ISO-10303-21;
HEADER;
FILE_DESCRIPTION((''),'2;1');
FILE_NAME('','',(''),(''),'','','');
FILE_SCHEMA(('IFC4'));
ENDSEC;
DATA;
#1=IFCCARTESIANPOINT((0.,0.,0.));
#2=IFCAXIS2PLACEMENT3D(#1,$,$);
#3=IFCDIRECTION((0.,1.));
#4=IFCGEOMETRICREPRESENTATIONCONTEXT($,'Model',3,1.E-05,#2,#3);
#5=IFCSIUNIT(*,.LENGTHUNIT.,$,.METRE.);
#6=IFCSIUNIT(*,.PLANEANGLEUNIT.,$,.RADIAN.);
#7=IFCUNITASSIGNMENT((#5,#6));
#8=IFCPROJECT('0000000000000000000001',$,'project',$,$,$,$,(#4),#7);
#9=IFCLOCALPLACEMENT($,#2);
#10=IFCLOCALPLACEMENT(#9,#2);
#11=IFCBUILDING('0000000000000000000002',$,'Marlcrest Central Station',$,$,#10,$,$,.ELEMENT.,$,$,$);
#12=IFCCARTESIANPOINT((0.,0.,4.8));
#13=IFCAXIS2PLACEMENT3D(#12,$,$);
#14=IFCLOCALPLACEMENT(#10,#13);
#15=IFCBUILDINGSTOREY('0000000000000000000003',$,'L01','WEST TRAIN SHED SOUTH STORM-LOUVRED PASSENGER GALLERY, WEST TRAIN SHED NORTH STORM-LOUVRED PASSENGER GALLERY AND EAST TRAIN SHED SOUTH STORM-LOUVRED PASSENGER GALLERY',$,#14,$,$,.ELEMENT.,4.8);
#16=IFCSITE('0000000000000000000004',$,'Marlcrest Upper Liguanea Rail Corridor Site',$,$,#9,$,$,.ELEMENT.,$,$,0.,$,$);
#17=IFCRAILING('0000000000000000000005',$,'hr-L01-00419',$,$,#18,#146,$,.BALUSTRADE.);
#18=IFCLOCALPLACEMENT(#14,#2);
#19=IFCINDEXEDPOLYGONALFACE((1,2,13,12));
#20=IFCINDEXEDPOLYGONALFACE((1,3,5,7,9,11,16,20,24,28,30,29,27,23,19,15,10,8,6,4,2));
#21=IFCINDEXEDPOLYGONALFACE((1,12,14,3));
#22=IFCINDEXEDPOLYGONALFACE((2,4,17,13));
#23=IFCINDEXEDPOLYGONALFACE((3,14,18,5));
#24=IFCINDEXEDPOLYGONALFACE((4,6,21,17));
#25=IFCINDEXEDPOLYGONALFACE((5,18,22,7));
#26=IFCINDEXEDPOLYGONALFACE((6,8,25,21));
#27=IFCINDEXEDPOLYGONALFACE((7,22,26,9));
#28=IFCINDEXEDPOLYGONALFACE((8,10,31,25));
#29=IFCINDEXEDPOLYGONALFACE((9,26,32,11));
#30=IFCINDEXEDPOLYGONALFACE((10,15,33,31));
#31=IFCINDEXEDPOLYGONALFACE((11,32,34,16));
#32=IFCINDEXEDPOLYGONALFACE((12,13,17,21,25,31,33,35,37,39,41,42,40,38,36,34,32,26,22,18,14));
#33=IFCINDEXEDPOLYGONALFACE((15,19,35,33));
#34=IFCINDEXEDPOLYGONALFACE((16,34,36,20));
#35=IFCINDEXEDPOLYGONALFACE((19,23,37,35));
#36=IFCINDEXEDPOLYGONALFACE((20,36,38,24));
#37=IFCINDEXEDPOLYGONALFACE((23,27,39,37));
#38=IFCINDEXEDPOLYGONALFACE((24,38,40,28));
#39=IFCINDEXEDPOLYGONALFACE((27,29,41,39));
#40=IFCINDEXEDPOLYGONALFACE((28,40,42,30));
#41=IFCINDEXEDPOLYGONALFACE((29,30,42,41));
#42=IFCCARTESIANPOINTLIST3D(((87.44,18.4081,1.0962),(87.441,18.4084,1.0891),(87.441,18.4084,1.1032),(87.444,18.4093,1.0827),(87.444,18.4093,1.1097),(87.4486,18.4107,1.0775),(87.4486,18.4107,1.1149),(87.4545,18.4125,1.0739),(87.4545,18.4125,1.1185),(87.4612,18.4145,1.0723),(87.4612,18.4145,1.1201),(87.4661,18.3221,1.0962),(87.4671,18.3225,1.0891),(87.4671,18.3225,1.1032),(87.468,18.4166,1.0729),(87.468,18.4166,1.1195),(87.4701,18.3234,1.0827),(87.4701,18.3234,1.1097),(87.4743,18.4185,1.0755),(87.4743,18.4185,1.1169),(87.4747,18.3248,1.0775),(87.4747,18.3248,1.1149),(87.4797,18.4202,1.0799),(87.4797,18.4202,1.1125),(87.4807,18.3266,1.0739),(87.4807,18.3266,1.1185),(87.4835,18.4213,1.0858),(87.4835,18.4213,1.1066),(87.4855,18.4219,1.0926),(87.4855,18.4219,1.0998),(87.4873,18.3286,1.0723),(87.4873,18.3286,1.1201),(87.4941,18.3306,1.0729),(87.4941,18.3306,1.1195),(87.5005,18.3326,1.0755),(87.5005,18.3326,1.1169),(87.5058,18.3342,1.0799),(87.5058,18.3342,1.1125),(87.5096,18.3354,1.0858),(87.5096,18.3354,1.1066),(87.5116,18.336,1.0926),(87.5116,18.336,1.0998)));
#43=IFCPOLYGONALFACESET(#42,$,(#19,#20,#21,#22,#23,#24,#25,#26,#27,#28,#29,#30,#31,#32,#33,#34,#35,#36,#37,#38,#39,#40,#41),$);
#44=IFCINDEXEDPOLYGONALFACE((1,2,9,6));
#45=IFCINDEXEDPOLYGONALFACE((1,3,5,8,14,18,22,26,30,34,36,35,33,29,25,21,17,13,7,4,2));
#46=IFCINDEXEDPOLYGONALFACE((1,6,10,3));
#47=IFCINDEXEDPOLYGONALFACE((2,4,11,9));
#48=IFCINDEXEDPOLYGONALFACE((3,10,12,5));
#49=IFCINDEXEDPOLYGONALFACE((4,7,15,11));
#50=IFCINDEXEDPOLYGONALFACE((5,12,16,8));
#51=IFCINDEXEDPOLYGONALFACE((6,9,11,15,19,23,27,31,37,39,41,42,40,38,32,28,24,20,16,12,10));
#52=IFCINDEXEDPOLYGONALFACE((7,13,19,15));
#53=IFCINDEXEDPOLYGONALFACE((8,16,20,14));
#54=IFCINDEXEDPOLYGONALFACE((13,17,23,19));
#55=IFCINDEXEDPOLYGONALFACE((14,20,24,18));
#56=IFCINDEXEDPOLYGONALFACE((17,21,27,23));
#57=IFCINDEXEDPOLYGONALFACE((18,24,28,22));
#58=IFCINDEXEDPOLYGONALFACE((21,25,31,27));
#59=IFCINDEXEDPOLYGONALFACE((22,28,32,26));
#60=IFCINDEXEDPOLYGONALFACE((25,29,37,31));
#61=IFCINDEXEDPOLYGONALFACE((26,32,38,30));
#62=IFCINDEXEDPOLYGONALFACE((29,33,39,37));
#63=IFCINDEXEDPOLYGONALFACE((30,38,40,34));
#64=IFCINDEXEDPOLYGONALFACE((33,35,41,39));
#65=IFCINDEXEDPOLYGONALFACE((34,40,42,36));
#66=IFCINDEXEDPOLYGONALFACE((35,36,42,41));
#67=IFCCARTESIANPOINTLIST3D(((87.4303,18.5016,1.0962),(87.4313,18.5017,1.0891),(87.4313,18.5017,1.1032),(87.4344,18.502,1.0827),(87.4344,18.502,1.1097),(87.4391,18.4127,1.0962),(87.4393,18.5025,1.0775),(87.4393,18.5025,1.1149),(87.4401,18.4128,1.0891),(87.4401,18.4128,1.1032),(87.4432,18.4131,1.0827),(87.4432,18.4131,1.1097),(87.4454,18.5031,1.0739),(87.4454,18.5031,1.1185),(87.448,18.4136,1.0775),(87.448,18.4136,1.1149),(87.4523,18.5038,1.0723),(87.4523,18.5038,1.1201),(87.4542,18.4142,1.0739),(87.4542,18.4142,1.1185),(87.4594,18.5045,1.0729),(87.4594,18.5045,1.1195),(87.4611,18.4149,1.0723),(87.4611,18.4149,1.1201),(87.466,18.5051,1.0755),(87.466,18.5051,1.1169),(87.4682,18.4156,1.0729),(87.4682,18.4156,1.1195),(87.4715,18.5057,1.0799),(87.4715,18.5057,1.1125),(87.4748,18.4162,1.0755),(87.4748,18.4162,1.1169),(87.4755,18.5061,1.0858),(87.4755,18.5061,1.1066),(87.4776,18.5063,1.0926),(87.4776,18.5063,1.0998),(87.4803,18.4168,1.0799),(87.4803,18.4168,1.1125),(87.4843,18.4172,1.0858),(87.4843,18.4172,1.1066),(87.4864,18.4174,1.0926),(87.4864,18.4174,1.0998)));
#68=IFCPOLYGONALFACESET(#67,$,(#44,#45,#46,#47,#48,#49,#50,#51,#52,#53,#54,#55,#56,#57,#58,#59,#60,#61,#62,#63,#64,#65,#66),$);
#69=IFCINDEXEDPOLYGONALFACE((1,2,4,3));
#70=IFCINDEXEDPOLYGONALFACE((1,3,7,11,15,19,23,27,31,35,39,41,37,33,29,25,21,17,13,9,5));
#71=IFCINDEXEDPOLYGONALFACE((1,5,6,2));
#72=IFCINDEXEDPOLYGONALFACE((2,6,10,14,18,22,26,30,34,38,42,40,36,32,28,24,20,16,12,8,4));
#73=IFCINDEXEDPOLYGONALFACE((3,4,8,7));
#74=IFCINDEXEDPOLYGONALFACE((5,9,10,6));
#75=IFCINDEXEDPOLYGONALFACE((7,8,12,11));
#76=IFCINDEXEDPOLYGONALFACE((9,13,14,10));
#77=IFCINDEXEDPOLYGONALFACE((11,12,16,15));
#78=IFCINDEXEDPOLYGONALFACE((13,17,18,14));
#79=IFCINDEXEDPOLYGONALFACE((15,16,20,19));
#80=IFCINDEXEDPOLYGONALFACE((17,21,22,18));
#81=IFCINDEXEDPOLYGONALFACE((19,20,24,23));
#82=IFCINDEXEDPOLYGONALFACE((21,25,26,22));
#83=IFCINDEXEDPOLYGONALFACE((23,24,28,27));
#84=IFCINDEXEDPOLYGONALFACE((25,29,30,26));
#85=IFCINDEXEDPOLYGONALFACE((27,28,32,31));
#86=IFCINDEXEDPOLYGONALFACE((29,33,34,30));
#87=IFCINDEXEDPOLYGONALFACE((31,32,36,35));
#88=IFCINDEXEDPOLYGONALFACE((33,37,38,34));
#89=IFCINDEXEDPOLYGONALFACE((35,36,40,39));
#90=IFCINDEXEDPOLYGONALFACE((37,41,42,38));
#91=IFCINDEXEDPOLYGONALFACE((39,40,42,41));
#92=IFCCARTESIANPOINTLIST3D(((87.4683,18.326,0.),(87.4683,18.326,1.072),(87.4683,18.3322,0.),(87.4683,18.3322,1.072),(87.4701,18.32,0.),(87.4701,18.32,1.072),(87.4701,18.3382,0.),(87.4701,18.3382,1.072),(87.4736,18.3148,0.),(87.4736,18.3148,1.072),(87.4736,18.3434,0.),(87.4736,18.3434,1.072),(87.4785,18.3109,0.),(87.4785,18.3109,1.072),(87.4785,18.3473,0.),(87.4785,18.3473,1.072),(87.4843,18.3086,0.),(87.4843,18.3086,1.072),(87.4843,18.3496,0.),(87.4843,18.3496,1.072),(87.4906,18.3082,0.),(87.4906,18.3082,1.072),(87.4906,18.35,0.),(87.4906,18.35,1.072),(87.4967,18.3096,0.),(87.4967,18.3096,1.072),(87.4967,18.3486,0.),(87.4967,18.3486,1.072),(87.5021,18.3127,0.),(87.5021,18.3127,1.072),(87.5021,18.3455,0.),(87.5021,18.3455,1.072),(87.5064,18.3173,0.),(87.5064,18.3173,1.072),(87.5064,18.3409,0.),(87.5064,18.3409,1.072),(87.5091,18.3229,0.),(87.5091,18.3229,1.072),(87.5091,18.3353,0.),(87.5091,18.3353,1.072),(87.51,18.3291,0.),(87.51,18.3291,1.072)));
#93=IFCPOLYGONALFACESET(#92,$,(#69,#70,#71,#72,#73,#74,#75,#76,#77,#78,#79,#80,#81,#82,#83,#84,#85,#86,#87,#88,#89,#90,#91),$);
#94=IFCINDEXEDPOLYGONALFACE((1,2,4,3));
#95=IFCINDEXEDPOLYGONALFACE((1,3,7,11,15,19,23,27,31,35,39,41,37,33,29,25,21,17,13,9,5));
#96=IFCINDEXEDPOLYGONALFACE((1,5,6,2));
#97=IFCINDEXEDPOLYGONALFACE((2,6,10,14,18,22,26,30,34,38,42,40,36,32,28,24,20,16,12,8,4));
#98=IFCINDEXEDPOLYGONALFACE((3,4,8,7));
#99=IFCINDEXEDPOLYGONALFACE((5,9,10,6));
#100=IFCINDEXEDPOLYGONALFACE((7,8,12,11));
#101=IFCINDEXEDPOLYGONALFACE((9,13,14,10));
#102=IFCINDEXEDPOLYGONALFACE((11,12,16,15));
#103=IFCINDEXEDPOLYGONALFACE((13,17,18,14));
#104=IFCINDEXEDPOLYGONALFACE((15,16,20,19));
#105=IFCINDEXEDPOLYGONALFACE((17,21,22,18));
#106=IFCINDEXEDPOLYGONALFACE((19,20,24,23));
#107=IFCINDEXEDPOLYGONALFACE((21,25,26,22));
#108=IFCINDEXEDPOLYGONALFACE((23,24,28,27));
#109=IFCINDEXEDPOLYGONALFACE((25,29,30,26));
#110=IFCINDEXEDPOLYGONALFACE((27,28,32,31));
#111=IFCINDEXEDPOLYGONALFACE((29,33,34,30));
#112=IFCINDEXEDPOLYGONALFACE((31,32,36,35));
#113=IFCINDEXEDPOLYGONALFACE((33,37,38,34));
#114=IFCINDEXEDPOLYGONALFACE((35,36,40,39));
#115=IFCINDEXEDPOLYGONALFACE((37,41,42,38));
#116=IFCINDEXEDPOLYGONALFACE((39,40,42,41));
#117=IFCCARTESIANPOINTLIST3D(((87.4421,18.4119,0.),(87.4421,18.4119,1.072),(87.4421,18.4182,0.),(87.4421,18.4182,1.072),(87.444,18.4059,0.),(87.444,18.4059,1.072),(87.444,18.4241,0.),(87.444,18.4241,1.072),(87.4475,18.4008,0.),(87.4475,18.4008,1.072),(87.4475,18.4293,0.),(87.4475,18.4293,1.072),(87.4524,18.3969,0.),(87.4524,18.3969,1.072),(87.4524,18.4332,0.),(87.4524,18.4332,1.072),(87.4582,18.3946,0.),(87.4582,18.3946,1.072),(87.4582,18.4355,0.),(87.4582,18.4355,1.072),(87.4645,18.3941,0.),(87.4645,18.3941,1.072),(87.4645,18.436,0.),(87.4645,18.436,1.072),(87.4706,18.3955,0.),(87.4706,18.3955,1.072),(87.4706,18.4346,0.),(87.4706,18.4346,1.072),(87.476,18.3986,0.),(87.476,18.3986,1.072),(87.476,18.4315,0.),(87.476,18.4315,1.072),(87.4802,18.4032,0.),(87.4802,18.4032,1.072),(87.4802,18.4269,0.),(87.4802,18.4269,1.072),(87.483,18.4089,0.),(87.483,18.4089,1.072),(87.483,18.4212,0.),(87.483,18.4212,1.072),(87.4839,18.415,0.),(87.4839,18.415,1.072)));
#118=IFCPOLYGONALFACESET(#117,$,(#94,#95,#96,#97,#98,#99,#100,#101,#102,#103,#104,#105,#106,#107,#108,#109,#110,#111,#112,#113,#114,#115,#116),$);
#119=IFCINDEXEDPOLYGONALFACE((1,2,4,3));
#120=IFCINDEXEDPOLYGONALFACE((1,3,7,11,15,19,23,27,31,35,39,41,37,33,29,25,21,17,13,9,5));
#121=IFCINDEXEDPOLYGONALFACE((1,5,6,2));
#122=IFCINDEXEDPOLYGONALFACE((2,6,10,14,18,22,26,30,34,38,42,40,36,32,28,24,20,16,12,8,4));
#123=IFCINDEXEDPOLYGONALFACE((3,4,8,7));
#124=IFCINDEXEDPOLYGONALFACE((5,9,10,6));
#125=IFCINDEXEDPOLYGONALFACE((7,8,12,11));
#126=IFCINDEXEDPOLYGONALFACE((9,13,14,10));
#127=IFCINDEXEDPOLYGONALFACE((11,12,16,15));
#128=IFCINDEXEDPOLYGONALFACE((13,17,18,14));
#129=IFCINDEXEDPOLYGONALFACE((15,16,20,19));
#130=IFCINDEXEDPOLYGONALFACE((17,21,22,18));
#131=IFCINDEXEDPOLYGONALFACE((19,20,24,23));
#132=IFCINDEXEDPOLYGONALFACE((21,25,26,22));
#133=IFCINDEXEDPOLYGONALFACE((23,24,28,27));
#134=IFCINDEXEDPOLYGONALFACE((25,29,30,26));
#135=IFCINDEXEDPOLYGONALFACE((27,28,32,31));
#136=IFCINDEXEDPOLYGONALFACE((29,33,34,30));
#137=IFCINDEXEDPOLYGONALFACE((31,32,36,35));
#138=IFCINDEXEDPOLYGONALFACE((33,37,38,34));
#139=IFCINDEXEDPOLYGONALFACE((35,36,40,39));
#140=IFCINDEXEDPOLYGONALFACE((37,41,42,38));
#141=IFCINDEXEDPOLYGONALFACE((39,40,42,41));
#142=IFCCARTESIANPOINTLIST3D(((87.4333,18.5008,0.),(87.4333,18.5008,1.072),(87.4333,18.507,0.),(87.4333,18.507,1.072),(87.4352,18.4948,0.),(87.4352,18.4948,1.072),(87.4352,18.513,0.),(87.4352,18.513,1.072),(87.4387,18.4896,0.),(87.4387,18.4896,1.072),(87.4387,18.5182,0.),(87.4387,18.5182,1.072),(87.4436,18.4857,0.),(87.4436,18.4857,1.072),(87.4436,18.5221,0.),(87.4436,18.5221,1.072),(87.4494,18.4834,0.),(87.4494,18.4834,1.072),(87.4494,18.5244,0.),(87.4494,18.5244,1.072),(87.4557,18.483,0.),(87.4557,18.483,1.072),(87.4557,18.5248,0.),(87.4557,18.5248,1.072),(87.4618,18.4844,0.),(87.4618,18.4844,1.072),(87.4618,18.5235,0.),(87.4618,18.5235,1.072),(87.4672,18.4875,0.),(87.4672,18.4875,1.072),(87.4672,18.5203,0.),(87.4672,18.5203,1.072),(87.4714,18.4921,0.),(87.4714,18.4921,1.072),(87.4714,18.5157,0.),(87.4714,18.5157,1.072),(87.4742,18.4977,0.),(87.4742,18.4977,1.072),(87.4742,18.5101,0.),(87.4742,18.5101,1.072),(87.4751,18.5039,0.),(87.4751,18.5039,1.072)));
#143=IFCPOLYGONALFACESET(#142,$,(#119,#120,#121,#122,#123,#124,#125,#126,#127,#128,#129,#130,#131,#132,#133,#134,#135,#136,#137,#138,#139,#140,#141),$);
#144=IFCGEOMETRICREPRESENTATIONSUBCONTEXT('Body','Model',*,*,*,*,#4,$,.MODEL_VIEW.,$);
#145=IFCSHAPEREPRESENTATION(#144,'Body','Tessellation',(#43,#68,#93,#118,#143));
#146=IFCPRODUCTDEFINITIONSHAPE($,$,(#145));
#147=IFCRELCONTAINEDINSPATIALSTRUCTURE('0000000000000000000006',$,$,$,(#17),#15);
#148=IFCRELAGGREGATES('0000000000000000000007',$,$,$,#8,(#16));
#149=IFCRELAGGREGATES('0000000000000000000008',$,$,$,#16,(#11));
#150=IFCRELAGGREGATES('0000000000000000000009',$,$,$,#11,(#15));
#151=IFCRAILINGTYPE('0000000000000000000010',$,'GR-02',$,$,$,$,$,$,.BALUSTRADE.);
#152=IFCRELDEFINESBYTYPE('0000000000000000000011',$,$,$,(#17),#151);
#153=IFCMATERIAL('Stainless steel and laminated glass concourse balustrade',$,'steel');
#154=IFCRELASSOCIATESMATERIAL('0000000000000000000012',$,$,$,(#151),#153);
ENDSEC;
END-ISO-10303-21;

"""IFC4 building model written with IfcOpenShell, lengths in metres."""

from ifc_helpers import new_model, si_unit, direction, frame, origin, origin_2d, place, context, subcontext, project, spatial, circle, extrude, material, type_object, element, save


model = new_model("IFC4")

# Units and contexts
model_context = context("Model", 3, precision=1e-05, world=origin(), true_north=direction((0.0, 1.0)))
body_context = subcontext(model_context, "Body", "Model", "MODEL_VIEW")
ifc_project = project(units=[si_unit("LENGTHUNIT", "METRE"), si_unit("PLANEANGLEUNIT", "RADIAN")], contexts=[model_context])

# Site, building, storey
site_placement = place(None, origin())
site = spatial("IfcSite", under=ifc_project, at=site_placement, Name="Marlcrest Upper Liguanea Rail Corridor Site", CompositionType="ELEMENT", RefElevation=0.0)
building_placement = place(site_placement, origin())
building = spatial("IfcBuilding", under=site, at=building_placement, Name="Marlcrest Central Station", CompositionType="ELEMENT")
storey_placement = place(building_placement, frame((0.0, 0.0, 4.8)))
storey = spatial("IfcBuildingStorey", under=building, at=storey_placement, Name="L01", Description="WEST TRAIN SHED SOUTH STORM-LOUVRED PASSENGER GALLERY, WEST TRAIN SHED NORTH STORM-LOUVRED PASSENGER GALLERY AND EAST TRAIN SHED SOUTH STORM-LOUVRED PASSENGER GALLERY", CompositionType="ELEMENT", Elevation=4.8)

# Railing
ifc_material_1 = material(Name="Stainless steel and laminated glass concourse balustrade", Category="steel")
railing_type = type_object("IfcRailingType", Name="GR-02", PredefinedType="BALUSTRADE", material=ifc_material_1)
railing_placement = place(storey_placement, frame((87.489, 18.3291, 0.0)))
element("IfcRailing", 1, at=railing_placement, inside=storey, type_object=railing_type, Name="hr-L01-00419", PredefinedType="BALUSTRADE", context=body_context, shape_type="SweptSolid", body=[
    extrude(circle(Radius=0.0239, at=origin_2d()), frame((0.0, 0.0, 1.0962), z_axis=(-0.290837, 0.956773, 0.0), x_axis=(-0.956773, -0.290837, 0.0)), (0.0, 0.0, 1.0), 0.0898),
    extrude(circle(Radius=0.0239, at=origin_2d()), frame((-0.0261, 0.0859, 1.0962), z_axis=(-0.098421, 0.995145, 0.0), x_axis=(-0.995145, -0.098421, 0.0)), (0.0, 0.0, 1.0), 0.0894),
    extrude(circle(Radius=0.021, at=origin_2d()), origin(), (0.0, 0.0, 1.0), 1.072),
    extrude(circle(Radius=0.021, at=origin_2d()), frame((-0.0261, 0.0859, 0.0)), (0.0, 0.0, 1.0), 1.072),
    extrude(circle(Radius=0.021, at=origin_2d()), frame((-0.0349, 0.1748, 0.0)), (0.0, 0.0, 1.0), 1.072),
])

save(model, "model.ifc")
